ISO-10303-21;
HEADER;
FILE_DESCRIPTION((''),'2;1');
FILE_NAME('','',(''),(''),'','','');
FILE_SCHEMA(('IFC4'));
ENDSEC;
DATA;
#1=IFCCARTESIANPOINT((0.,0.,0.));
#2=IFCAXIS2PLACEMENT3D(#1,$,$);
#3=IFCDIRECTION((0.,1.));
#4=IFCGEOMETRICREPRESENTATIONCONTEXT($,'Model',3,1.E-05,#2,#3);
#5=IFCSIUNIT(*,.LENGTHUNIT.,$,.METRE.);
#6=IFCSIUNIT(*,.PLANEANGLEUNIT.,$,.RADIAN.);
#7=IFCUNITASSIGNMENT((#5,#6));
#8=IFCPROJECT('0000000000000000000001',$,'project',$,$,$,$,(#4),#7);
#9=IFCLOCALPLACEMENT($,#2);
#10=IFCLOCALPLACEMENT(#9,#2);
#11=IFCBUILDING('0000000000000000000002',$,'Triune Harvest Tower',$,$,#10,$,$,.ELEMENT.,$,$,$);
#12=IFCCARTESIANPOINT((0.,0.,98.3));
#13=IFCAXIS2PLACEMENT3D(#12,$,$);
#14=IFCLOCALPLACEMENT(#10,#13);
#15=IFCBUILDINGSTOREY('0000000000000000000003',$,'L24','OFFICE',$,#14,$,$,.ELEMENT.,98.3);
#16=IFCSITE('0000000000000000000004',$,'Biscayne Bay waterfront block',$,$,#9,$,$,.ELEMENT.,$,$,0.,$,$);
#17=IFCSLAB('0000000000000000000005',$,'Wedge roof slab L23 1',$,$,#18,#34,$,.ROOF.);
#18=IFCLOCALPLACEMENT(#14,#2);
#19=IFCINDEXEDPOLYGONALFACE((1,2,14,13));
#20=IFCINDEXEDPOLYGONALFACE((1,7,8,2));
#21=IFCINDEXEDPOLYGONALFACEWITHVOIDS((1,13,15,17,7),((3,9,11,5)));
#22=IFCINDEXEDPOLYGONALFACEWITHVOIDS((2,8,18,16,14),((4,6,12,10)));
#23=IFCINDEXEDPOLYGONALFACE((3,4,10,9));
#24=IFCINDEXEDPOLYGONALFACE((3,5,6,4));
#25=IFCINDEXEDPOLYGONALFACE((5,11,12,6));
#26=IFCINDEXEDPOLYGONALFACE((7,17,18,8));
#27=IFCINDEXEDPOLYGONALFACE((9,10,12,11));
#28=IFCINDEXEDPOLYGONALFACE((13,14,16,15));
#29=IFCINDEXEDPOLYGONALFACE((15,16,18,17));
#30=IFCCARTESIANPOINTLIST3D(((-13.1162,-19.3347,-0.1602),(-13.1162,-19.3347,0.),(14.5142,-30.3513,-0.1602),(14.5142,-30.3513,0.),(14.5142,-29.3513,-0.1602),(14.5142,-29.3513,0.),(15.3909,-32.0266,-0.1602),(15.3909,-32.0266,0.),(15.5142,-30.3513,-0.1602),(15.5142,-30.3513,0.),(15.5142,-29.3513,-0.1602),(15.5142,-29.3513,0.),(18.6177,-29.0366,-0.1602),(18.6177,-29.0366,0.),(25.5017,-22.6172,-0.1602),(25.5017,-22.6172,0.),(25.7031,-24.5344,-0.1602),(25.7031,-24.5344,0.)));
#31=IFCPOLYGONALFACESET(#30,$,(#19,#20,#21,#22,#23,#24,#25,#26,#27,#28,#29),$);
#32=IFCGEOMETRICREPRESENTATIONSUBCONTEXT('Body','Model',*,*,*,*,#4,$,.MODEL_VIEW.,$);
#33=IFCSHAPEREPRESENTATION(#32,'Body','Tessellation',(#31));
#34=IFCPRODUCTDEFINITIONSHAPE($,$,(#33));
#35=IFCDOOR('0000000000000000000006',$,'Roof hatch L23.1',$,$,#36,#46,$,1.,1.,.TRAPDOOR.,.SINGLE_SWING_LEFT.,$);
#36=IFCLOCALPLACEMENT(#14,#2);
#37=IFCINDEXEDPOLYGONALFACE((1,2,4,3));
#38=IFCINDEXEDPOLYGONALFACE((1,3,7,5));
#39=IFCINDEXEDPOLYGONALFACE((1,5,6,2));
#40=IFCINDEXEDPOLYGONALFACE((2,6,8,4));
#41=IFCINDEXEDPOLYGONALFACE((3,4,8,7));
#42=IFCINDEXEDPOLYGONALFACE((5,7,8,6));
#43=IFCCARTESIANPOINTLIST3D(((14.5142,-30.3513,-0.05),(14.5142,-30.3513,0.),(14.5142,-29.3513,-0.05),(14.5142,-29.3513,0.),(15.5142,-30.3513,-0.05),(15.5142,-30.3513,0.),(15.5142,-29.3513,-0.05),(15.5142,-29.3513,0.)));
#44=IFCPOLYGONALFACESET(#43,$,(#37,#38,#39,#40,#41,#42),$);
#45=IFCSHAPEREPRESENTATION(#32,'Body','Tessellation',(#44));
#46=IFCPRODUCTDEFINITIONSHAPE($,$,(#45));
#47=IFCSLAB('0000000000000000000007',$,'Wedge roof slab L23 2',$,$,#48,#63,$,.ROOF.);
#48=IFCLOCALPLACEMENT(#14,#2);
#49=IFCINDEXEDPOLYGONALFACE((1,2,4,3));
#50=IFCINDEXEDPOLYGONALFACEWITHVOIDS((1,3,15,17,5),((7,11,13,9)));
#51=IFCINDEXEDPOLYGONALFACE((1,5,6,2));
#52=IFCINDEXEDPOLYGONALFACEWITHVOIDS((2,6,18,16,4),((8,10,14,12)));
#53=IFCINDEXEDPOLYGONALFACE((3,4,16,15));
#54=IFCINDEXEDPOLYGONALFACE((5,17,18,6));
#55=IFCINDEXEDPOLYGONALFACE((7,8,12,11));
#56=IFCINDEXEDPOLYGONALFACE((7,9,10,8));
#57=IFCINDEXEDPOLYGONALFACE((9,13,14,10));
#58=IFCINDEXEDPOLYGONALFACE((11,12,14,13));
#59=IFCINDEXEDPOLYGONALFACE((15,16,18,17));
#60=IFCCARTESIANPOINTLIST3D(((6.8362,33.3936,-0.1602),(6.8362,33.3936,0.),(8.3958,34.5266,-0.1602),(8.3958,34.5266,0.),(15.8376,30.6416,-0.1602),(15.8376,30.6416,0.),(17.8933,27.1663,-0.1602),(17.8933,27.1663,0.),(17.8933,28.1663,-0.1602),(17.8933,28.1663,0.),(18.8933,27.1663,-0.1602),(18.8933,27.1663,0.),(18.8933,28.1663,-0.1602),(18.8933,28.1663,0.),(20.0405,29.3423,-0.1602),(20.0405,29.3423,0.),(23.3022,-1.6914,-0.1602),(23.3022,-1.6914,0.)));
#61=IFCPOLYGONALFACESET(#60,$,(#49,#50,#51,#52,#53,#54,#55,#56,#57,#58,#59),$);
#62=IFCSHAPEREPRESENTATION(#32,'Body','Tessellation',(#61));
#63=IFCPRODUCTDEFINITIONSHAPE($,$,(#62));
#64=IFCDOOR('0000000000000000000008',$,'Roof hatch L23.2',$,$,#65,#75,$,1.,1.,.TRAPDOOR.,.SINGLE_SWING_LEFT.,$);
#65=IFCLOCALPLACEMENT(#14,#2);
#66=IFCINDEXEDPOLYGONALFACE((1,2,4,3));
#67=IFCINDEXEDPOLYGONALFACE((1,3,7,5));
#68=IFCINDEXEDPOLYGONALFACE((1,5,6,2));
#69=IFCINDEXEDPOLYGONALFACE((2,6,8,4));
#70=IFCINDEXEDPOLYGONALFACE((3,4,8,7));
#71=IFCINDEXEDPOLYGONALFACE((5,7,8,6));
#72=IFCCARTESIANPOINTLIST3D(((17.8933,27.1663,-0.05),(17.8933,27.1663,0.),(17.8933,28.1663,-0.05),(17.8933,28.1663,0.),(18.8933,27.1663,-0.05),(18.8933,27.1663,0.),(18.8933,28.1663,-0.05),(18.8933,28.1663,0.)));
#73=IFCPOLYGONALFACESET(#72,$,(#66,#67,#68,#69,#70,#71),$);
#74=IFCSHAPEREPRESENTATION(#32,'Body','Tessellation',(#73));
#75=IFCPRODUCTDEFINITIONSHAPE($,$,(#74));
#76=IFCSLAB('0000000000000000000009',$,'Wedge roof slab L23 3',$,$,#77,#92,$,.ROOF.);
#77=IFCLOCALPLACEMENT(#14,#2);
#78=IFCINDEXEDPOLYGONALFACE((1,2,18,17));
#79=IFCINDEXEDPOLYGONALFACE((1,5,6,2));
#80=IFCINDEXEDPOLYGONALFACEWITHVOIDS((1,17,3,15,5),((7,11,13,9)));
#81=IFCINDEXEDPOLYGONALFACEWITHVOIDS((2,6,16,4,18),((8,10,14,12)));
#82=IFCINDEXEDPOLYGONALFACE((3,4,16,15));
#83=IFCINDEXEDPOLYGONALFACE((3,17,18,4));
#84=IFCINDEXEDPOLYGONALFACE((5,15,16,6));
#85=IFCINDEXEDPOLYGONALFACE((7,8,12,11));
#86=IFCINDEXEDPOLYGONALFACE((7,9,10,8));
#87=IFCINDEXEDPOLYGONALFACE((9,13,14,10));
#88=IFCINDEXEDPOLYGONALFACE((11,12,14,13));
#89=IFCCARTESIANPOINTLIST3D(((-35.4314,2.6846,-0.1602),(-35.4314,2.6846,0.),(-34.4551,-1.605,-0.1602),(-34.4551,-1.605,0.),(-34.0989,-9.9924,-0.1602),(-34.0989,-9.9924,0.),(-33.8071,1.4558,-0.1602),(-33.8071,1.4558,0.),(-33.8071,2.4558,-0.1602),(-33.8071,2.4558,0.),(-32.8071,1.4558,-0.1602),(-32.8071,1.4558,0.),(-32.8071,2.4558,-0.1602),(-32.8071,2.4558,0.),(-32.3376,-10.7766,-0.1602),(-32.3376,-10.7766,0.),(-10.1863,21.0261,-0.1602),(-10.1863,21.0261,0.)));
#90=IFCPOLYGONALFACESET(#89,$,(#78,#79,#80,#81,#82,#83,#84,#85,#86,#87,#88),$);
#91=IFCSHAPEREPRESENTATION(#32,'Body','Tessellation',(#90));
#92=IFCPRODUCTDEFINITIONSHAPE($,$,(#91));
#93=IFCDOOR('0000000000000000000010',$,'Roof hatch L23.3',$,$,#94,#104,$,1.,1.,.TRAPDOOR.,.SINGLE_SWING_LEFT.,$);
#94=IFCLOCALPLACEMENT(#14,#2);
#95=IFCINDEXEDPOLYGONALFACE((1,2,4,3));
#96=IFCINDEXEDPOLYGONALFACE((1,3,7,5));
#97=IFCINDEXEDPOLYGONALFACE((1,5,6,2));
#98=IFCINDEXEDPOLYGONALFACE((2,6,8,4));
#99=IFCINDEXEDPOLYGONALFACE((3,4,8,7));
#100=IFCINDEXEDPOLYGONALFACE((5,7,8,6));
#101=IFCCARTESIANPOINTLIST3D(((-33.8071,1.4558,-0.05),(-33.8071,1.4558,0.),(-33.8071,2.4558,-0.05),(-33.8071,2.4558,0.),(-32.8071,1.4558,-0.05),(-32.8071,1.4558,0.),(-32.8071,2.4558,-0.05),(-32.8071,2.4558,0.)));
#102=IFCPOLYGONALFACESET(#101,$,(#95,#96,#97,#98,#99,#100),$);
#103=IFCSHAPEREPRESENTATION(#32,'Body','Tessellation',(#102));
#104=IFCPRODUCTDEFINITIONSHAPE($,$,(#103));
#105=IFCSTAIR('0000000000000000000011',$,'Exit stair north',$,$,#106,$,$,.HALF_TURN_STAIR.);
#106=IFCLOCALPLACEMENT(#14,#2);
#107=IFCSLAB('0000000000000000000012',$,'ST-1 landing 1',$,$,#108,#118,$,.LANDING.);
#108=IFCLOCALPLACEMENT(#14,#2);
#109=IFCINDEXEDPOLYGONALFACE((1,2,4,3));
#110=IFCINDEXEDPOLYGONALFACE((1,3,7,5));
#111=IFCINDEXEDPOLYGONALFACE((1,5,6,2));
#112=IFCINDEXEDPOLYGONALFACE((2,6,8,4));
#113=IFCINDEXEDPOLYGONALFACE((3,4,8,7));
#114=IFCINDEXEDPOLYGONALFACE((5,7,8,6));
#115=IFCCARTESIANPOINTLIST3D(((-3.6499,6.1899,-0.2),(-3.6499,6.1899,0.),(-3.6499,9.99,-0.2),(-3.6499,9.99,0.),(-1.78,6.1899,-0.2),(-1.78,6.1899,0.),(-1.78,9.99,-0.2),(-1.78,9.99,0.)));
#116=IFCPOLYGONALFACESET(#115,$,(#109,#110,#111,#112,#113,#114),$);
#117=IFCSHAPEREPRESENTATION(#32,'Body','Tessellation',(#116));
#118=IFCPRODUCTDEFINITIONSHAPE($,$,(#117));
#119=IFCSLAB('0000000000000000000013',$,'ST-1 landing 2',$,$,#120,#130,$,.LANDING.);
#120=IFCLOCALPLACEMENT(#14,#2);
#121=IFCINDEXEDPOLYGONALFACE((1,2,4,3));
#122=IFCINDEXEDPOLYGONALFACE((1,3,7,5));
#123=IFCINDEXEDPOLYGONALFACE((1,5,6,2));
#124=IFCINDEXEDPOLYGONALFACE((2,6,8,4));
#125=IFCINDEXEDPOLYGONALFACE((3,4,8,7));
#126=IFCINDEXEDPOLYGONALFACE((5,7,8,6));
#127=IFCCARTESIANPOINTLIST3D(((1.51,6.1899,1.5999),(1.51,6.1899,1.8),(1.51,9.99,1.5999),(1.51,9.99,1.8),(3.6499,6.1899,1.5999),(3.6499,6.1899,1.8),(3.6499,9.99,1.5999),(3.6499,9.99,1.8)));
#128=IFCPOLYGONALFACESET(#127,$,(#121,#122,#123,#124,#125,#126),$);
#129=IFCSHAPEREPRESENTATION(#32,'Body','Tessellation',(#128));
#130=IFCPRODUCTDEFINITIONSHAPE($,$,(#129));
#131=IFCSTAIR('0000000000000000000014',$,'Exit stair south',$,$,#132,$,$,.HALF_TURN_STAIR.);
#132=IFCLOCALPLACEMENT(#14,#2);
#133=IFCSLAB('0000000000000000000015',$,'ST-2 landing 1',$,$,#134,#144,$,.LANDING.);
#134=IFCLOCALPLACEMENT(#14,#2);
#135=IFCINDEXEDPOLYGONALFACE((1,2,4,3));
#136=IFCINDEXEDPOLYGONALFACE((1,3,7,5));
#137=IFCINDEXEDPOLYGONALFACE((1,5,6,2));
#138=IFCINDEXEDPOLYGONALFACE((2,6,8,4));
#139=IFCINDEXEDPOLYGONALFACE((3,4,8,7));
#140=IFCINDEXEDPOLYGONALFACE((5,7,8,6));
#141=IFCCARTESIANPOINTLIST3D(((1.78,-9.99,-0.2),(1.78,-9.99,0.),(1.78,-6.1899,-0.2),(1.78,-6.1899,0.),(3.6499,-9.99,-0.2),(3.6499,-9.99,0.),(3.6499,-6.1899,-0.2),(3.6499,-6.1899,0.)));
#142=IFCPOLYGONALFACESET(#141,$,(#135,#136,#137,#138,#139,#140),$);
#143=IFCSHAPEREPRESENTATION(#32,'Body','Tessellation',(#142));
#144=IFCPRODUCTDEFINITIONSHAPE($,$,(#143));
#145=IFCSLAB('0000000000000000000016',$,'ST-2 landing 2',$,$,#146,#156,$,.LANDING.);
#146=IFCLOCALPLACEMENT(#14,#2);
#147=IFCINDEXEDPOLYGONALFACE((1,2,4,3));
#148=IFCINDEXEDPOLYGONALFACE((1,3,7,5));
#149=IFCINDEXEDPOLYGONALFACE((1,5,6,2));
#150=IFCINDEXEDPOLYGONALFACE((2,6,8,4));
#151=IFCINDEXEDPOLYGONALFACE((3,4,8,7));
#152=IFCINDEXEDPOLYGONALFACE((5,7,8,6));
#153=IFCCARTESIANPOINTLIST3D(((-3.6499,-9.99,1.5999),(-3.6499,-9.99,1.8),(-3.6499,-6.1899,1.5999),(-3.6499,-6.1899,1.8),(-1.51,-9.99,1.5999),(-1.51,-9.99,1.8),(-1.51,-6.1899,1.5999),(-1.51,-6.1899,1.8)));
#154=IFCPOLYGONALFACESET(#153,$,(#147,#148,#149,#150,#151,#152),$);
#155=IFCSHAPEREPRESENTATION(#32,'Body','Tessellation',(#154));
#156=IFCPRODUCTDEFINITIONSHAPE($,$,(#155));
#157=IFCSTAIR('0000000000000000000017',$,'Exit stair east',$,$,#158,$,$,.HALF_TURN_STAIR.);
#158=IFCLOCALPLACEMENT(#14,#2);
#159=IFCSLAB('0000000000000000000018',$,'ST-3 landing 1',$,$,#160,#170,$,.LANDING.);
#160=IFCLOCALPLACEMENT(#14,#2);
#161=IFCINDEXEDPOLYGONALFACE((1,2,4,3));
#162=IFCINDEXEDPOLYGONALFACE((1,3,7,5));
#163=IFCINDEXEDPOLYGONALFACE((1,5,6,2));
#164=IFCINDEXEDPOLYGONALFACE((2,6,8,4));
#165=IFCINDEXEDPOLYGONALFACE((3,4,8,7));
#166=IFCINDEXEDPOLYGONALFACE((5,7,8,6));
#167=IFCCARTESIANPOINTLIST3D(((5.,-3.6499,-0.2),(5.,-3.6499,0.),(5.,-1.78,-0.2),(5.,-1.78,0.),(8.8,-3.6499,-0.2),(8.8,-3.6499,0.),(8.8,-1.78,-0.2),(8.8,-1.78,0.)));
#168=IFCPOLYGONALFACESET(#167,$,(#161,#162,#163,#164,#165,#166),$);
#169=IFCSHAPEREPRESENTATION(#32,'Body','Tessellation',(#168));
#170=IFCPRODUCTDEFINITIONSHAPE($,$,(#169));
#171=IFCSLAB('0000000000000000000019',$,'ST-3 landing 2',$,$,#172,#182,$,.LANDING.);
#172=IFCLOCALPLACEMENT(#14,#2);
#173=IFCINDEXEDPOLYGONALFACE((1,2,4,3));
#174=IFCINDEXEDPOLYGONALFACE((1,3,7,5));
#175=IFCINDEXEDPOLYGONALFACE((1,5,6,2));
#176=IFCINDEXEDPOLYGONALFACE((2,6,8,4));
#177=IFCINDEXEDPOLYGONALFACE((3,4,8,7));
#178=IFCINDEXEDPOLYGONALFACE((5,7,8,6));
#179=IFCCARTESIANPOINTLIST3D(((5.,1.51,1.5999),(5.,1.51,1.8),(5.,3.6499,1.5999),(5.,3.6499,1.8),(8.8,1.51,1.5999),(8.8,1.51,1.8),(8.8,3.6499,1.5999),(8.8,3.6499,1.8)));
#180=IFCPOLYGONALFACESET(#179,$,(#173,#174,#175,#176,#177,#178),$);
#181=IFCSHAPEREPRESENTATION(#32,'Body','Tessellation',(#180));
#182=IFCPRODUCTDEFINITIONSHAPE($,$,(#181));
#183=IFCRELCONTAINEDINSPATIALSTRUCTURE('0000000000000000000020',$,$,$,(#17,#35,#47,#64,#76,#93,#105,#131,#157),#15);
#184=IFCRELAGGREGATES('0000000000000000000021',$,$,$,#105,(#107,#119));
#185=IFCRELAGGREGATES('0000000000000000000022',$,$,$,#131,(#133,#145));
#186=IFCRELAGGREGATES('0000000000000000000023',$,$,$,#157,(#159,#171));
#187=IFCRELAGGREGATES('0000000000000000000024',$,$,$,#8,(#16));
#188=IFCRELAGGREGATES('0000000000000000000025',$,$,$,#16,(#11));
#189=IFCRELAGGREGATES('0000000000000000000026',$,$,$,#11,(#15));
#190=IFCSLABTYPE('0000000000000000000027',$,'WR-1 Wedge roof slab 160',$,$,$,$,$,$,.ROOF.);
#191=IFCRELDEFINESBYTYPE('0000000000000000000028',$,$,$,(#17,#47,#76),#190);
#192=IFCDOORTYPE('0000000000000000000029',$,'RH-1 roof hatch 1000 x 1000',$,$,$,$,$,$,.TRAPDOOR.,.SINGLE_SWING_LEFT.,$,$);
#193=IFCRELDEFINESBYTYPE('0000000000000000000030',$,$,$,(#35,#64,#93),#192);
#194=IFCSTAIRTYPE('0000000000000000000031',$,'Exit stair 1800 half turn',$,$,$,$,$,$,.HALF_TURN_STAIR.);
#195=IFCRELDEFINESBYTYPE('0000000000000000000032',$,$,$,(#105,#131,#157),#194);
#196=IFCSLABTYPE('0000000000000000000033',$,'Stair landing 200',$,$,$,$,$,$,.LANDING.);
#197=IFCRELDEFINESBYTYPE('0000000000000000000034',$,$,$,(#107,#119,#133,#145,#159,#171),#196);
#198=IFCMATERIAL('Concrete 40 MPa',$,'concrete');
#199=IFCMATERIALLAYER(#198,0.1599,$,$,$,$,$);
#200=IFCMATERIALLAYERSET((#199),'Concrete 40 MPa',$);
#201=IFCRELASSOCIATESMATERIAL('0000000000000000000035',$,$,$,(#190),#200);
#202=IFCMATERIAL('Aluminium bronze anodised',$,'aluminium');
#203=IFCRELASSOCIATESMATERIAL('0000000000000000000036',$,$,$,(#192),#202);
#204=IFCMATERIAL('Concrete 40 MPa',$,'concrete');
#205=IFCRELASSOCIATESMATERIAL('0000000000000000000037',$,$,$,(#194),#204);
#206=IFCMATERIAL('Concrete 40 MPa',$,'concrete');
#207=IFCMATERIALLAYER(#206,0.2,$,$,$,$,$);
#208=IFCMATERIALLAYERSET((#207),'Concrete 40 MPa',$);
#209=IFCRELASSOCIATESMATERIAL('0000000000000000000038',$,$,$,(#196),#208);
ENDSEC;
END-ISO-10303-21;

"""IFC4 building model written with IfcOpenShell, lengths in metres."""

from ifc_helpers import new_model, si_unit, direction, frame, origin, origin_2d, place, context, subcontext, project, spatial, polyline, rectangle, outline, extrude, source, transform, mapped, material, layer, layer_set, type_object, element, fill, aggregate, save


model = new_model("IFC4")

# Units and contexts
model_context = context("Model", 3, precision=1e-05, world=origin(), true_north=direction((0.0, 1.0)))
body_context = subcontext(model_context, "Body", "Model", "MODEL_VIEW")
ifc_project = project(units=[si_unit("LENGTHUNIT", "METRE"), si_unit("PLANEANGLEUNIT", "RADIAN")], contexts=[model_context])

# Site, building, storey
site_placement = place(None, origin())
site = spatial("IfcSite", under=ifc_project, at=site_placement, Name="Biscayne Bay waterfront block", CompositionType="ELEMENT", RefElevation=0.0)
building_placement = place(site_placement, origin())
building = spatial("IfcBuilding", under=site, at=building_placement, Name="Triune Harvest Tower", CompositionType="ELEMENT")
storey_placement = place(building_placement, frame((0.0, 0.0, 98.3)))
storey = spatial("IfcBuildingStorey", under=building, at=storey_placement, Name="L24", Description="OFFICE", CompositionType="ELEMENT", Elevation=98.3)

# Slabs, openings, doors
ifc_material_1 = material(Name="Concrete 40 MPa", Category="concrete")
ifc_layer_1 = layer(ifc_material_1, 0.1599)
ifc_layer_set_1 = layer_set([ifc_layer_1], Name="Concrete 40 MPa")
slab_type_1 = type_object("IfcSlabType", Name="WR-1 Wedge roof slab 160", PredefinedType="ROOF", material=ifc_layer_set_1)
slab_1_placement = place(storey_placement, frame((0.0, 0.0, -0.1602)))
slab_1 = element("IfcSlab", 1, at=slab_1_placement, inside=storey, type_object=slab_type_1, Name="Wedge roof slab L23 1", PredefinedType="ROOF", context=body_context, shape_type="SweptSolid", body=[
    extrude(outline(polyline([(25.7031, -24.5344), (25.5017, -22.6172), (18.6177, -29.0366), (-13.1162, -19.3347), (15.3909, -32.0266), (25.7031, -24.5344)])), origin(), (0.0, 0.0, 1.0), 0.1602),
])
opening_1_placement = place(slab_1_placement, frame((15.0142, -29.8513, 0.0)))
opening_1 = element("IfcOpeningElement", 2, at=opening_1_placement, cuts=slab_1, PredefinedType="OPENING", context=body_context, shape_type="SweptSolid", body=[
    extrude(rectangle(XDim=1.0, YDim=1.0, at=origin_2d()), origin(), (0.0, 0.0, 1.0), 0.1602),
])
ifc_material_2 = material(Name="Aluminium bronze anodised", Category="aluminium")
door_type_1 = type_object("IfcDoorType", Name="RH-1 roof hatch 1000 x 1000", OperationType="SINGLE_SWING_LEFT", PredefinedType="TRAPDOOR", material=ifc_material_2)
door_1_placement = place(opening_1_placement, frame((0.0, 0.0, 0.1101)))
door_1 = element("IfcDoor", 3, at=door_1_placement, inside=storey, type_object=door_type_1, Name="Roof hatch L23.1", OperationType="SINGLE_SWING_LEFT", OverallHeight=1.0, OverallWidth=1.0, PredefinedType="TRAPDOOR", context=body_context, shape_type="SweptSolid", body=[
    extrude(rectangle(XDim=1.0, YDim=1.0, at=origin_2d()), origin(), (0.0, 0.0, 1.0), 0.05),
])
fill(opening_1, door_1)
slab_2_placement = place(storey_placement, frame((0.0, 0.0, -0.1602)))
slab_2 = element("IfcSlab", 4, at=slab_2_placement, inside=storey, type_object=slab_type_1, Name="Wedge roof slab L23 2", PredefinedType="ROOF", context=body_context, shape_type="SweptSolid", body=[
    extrude(outline(polyline([(8.3958, 34.5266), (6.8362, 33.3936), (15.8376, 30.6416), (23.3022, -1.6914), (20.0405, 29.3423), (8.3958, 34.5266)])), origin(), (0.0, 0.0, 1.0), 0.1602),
])
opening_2_placement = place(slab_2_placement, frame((18.3933, 27.6663, 0.0)))
opening_2 = element("IfcOpeningElement", 5, at=opening_2_placement, cuts=slab_2, PredefinedType="OPENING", context=body_context, shape_type="SweptSolid", body=[
    extrude(rectangle(XDim=1.0, YDim=1.0, at=origin_2d()), origin(), (0.0, 0.0, 1.0), 0.1602),
])
door_2_placement = place(opening_2_placement, frame((0.0, 0.0, 0.1101)))
door_2 = element("IfcDoor", 6, at=door_2_placement, inside=storey, type_object=door_type_1, Name="Roof hatch L23.2", OperationType="SINGLE_SWING_LEFT", OverallHeight=1.0, OverallWidth=1.0, PredefinedType="TRAPDOOR", context=body_context, shape_type="SweptSolid", body=[
    extrude(rectangle(XDim=1.0, YDim=1.0, at=origin_2d()), origin(), (0.0, 0.0, 1.0), 0.05),
])
fill(opening_2, door_2)
slab_3_placement = place(storey_placement, frame((0.0, 0.0, -0.1602)))
slab_3 = element("IfcSlab", 7, at=slab_3_placement, inside=storey, type_object=slab_type_1, Name="Wedge roof slab L23 3", PredefinedType="ROOF", context=body_context, shape_type="SweptSolid", body=[
    extrude(outline(polyline([(-34.0989, -9.9924), (-32.3376, -10.7766), (-34.4551, -1.605), (-10.1863, 21.0261), (-35.4314, 2.6846), (-34.0989, -9.9924)])), origin(), (0.0, 0.0, 1.0), 0.1602),
])
opening_3_placement = place(slab_3_placement, frame((-33.3071, 1.9558, 0.0)))
opening_3 = element("IfcOpeningElement", 8, at=opening_3_placement, cuts=slab_3, PredefinedType="OPENING", context=body_context, shape_type="SweptSolid", body=[
    extrude(rectangle(XDim=1.0, YDim=1.0, at=origin_2d()), origin(), (0.0, 0.0, 1.0), 0.1602),
])
door_3_placement = place(opening_3_placement, frame((0.0, 0.0, 0.1101)))
door_3 = element("IfcDoor", 9, at=door_3_placement, inside=storey, type_object=door_type_1, Name="Roof hatch L23.3", OperationType="SINGLE_SWING_LEFT", OverallHeight=1.0, OverallWidth=1.0, PredefinedType="TRAPDOOR", context=body_context, shape_type="SweptSolid", body=[
    extrude(rectangle(XDim=1.0, YDim=1.0, at=origin_2d()), origin(), (0.0, 0.0, 1.0), 0.05),
])
fill(opening_3, door_3)

# Stairs, slabs
ifc_material_3 = material(Name="Concrete 40 MPa", Category="concrete")
stair_type = type_object("IfcStairType", Name="Exit stair 1800 half turn", PredefinedType="HALF_TURN_STAIR", material=ifc_material_3)
stair_1_placement = place(storey_placement, origin())
stair_1 = element("IfcStair", 10, at=stair_1_placement, inside=storey, type_object=stair_type, Name="Exit stair north", PredefinedType="HALF_TURN_STAIR")
ifc_material_4 = material(Name="Concrete 40 MPa", Category="concrete")
ifc_layer_2 = layer(ifc_material_4, 0.2)
ifc_layer_set_2 = layer_set([ifc_layer_2], Name="Concrete 40 MPa")
slab_type_2 = type_object("IfcSlabType", Name="Stair landing 200", PredefinedType="LANDING", material=ifc_layer_set_2)
shared_shape_1 = source(origin(), body_context, "Body", "SweptSolid", [
    extrude(outline(polyline([(-3.6499, 6.1899), (-1.78, 6.1899), (-1.78, 9.99), (-3.6499, 9.99), (-3.6499, 6.1899)])), origin(), (0.0, 0.0, 1.0), 0.2),
])
slab_4_placement = place(storey_placement, frame((0.0, 0.0, -0.2)))
slab_4 = element("IfcSlab", 11, at=slab_4_placement, type_object=slab_type_2, Name="ST-1 landing 1", PredefinedType="LANDING", context=body_context, shape_type="MappedRepresentation", body=[
    mapped(shared_shape_1, transform((0.0, 0.0, 0.0), scale=1.0)),
])
shared_shape_2 = source(origin(), body_context, "Body", "SweptSolid", [
    extrude(outline(polyline([(1.51, 6.1899), (3.6499, 6.1899), (3.6499, 9.99), (1.51, 9.99), (1.51, 6.1899)])), origin(), (0.0, 0.0, 1.0), 0.2002),
])
slab_5_placement = place(storey_placement, frame((0.0, 0.0, 1.5999)))
slab_5 = element("IfcSlab", 12, at=slab_5_placement, type_object=slab_type_2, Name="ST-1 landing 2", PredefinedType="LANDING", context=body_context, shape_type="MappedRepresentation", body=[
    mapped(shared_shape_2, transform((0.0, 0.0, 0.0), scale=1.0)),
])
aggregate(stair_1, [slab_4, slab_5])
stair_2_placement = place(storey_placement, origin())
stair_2 = element("IfcStair", 13, at=stair_2_placement, inside=storey, type_object=stair_type, Name="Exit stair south", PredefinedType="HALF_TURN_STAIR")
shared_shape_3 = source(origin(), body_context, "Body", "SweptSolid", [
    extrude(outline(polyline([(3.6499, -6.1899), (1.78, -6.1899), (1.78, -9.99), (3.6499, -9.99), (3.6499, -6.1899)])), origin(), (0.0, 0.0, 1.0), 0.2),
])
slab_6_placement = place(storey_placement, frame((0.0, 0.0, -0.2)))
slab_6 = element("IfcSlab", 14, at=slab_6_placement, type_object=slab_type_2, Name="ST-2 landing 1", PredefinedType="LANDING", context=body_context, shape_type="MappedRepresentation", body=[
    mapped(shared_shape_3, transform((0.0, 0.0, 0.0), scale=1.0)),
])
shared_shape_4 = source(origin(), body_context, "Body", "SweptSolid", [
    extrude(outline(polyline([(-1.51, -6.1899), (-3.6499, -6.1899), (-3.6499, -9.99), (-1.51, -9.99), (-1.51, -6.1899)])), origin(), (0.0, 0.0, 1.0), 0.2002),
])
slab_7_placement = place(storey_placement, frame((0.0, 0.0, 1.5999)))
slab_7 = element("IfcSlab", 15, at=slab_7_placement, type_object=slab_type_2, Name="ST-2 landing 2", PredefinedType="LANDING", context=body_context, shape_type="MappedRepresentation", body=[
    mapped(shared_shape_4, transform((0.0, 0.0, 0.0), scale=1.0)),
])
aggregate(stair_2, [slab_6, slab_7])
stair_3_placement = place(storey_placement, origin())
stair_3 = element("IfcStair", 16, at=stair_3_placement, inside=storey, type_object=stair_type, Name="Exit stair east", PredefinedType="HALF_TURN_STAIR")
shared_shape_5 = source(origin(), body_context, "Body", "SweptSolid", [
    extrude(outline(polyline([(8.8, -3.6499), (8.8, -1.78), (5.0, -1.78), (5.0, -3.6499), (8.8, -3.6499)])), origin(), (0.0, 0.0, 1.0), 0.2),
])
slab_8_placement = place(storey_placement, frame((0.0, 0.0, -0.2)))
slab_8 = element("IfcSlab", 17, at=slab_8_placement, type_object=slab_type_2, Name="ST-3 landing 1", PredefinedType="LANDING", context=body_context, shape_type="MappedRepresentation", body=[
    mapped(shared_shape_5, transform((0.0, 0.0, 0.0), scale=1.0)),
])
shared_shape_6 = source(origin(), body_context, "Body", "SweptSolid", [
    extrude(outline(polyline([(8.8, 1.51), (8.8, 3.6499), (5.0, 3.6499), (5.0, 1.51), (8.8, 1.51)])), origin(), (0.0, 0.0, 1.0), 0.2002),
])
slab_9_placement = place(storey_placement, frame((0.0, 0.0, 1.5999)))
slab_9 = element("IfcSlab", 18, at=slab_9_placement, type_object=slab_type_2, Name="ST-3 landing 2", PredefinedType="LANDING", context=body_context, shape_type="MappedRepresentation", body=[
    mapped(shared_shape_6, transform((0.0, 0.0, 0.0), scale=1.0)),
])
aggregate(stair_3, [slab_8, slab_9])

save(model, "model.ifc")
